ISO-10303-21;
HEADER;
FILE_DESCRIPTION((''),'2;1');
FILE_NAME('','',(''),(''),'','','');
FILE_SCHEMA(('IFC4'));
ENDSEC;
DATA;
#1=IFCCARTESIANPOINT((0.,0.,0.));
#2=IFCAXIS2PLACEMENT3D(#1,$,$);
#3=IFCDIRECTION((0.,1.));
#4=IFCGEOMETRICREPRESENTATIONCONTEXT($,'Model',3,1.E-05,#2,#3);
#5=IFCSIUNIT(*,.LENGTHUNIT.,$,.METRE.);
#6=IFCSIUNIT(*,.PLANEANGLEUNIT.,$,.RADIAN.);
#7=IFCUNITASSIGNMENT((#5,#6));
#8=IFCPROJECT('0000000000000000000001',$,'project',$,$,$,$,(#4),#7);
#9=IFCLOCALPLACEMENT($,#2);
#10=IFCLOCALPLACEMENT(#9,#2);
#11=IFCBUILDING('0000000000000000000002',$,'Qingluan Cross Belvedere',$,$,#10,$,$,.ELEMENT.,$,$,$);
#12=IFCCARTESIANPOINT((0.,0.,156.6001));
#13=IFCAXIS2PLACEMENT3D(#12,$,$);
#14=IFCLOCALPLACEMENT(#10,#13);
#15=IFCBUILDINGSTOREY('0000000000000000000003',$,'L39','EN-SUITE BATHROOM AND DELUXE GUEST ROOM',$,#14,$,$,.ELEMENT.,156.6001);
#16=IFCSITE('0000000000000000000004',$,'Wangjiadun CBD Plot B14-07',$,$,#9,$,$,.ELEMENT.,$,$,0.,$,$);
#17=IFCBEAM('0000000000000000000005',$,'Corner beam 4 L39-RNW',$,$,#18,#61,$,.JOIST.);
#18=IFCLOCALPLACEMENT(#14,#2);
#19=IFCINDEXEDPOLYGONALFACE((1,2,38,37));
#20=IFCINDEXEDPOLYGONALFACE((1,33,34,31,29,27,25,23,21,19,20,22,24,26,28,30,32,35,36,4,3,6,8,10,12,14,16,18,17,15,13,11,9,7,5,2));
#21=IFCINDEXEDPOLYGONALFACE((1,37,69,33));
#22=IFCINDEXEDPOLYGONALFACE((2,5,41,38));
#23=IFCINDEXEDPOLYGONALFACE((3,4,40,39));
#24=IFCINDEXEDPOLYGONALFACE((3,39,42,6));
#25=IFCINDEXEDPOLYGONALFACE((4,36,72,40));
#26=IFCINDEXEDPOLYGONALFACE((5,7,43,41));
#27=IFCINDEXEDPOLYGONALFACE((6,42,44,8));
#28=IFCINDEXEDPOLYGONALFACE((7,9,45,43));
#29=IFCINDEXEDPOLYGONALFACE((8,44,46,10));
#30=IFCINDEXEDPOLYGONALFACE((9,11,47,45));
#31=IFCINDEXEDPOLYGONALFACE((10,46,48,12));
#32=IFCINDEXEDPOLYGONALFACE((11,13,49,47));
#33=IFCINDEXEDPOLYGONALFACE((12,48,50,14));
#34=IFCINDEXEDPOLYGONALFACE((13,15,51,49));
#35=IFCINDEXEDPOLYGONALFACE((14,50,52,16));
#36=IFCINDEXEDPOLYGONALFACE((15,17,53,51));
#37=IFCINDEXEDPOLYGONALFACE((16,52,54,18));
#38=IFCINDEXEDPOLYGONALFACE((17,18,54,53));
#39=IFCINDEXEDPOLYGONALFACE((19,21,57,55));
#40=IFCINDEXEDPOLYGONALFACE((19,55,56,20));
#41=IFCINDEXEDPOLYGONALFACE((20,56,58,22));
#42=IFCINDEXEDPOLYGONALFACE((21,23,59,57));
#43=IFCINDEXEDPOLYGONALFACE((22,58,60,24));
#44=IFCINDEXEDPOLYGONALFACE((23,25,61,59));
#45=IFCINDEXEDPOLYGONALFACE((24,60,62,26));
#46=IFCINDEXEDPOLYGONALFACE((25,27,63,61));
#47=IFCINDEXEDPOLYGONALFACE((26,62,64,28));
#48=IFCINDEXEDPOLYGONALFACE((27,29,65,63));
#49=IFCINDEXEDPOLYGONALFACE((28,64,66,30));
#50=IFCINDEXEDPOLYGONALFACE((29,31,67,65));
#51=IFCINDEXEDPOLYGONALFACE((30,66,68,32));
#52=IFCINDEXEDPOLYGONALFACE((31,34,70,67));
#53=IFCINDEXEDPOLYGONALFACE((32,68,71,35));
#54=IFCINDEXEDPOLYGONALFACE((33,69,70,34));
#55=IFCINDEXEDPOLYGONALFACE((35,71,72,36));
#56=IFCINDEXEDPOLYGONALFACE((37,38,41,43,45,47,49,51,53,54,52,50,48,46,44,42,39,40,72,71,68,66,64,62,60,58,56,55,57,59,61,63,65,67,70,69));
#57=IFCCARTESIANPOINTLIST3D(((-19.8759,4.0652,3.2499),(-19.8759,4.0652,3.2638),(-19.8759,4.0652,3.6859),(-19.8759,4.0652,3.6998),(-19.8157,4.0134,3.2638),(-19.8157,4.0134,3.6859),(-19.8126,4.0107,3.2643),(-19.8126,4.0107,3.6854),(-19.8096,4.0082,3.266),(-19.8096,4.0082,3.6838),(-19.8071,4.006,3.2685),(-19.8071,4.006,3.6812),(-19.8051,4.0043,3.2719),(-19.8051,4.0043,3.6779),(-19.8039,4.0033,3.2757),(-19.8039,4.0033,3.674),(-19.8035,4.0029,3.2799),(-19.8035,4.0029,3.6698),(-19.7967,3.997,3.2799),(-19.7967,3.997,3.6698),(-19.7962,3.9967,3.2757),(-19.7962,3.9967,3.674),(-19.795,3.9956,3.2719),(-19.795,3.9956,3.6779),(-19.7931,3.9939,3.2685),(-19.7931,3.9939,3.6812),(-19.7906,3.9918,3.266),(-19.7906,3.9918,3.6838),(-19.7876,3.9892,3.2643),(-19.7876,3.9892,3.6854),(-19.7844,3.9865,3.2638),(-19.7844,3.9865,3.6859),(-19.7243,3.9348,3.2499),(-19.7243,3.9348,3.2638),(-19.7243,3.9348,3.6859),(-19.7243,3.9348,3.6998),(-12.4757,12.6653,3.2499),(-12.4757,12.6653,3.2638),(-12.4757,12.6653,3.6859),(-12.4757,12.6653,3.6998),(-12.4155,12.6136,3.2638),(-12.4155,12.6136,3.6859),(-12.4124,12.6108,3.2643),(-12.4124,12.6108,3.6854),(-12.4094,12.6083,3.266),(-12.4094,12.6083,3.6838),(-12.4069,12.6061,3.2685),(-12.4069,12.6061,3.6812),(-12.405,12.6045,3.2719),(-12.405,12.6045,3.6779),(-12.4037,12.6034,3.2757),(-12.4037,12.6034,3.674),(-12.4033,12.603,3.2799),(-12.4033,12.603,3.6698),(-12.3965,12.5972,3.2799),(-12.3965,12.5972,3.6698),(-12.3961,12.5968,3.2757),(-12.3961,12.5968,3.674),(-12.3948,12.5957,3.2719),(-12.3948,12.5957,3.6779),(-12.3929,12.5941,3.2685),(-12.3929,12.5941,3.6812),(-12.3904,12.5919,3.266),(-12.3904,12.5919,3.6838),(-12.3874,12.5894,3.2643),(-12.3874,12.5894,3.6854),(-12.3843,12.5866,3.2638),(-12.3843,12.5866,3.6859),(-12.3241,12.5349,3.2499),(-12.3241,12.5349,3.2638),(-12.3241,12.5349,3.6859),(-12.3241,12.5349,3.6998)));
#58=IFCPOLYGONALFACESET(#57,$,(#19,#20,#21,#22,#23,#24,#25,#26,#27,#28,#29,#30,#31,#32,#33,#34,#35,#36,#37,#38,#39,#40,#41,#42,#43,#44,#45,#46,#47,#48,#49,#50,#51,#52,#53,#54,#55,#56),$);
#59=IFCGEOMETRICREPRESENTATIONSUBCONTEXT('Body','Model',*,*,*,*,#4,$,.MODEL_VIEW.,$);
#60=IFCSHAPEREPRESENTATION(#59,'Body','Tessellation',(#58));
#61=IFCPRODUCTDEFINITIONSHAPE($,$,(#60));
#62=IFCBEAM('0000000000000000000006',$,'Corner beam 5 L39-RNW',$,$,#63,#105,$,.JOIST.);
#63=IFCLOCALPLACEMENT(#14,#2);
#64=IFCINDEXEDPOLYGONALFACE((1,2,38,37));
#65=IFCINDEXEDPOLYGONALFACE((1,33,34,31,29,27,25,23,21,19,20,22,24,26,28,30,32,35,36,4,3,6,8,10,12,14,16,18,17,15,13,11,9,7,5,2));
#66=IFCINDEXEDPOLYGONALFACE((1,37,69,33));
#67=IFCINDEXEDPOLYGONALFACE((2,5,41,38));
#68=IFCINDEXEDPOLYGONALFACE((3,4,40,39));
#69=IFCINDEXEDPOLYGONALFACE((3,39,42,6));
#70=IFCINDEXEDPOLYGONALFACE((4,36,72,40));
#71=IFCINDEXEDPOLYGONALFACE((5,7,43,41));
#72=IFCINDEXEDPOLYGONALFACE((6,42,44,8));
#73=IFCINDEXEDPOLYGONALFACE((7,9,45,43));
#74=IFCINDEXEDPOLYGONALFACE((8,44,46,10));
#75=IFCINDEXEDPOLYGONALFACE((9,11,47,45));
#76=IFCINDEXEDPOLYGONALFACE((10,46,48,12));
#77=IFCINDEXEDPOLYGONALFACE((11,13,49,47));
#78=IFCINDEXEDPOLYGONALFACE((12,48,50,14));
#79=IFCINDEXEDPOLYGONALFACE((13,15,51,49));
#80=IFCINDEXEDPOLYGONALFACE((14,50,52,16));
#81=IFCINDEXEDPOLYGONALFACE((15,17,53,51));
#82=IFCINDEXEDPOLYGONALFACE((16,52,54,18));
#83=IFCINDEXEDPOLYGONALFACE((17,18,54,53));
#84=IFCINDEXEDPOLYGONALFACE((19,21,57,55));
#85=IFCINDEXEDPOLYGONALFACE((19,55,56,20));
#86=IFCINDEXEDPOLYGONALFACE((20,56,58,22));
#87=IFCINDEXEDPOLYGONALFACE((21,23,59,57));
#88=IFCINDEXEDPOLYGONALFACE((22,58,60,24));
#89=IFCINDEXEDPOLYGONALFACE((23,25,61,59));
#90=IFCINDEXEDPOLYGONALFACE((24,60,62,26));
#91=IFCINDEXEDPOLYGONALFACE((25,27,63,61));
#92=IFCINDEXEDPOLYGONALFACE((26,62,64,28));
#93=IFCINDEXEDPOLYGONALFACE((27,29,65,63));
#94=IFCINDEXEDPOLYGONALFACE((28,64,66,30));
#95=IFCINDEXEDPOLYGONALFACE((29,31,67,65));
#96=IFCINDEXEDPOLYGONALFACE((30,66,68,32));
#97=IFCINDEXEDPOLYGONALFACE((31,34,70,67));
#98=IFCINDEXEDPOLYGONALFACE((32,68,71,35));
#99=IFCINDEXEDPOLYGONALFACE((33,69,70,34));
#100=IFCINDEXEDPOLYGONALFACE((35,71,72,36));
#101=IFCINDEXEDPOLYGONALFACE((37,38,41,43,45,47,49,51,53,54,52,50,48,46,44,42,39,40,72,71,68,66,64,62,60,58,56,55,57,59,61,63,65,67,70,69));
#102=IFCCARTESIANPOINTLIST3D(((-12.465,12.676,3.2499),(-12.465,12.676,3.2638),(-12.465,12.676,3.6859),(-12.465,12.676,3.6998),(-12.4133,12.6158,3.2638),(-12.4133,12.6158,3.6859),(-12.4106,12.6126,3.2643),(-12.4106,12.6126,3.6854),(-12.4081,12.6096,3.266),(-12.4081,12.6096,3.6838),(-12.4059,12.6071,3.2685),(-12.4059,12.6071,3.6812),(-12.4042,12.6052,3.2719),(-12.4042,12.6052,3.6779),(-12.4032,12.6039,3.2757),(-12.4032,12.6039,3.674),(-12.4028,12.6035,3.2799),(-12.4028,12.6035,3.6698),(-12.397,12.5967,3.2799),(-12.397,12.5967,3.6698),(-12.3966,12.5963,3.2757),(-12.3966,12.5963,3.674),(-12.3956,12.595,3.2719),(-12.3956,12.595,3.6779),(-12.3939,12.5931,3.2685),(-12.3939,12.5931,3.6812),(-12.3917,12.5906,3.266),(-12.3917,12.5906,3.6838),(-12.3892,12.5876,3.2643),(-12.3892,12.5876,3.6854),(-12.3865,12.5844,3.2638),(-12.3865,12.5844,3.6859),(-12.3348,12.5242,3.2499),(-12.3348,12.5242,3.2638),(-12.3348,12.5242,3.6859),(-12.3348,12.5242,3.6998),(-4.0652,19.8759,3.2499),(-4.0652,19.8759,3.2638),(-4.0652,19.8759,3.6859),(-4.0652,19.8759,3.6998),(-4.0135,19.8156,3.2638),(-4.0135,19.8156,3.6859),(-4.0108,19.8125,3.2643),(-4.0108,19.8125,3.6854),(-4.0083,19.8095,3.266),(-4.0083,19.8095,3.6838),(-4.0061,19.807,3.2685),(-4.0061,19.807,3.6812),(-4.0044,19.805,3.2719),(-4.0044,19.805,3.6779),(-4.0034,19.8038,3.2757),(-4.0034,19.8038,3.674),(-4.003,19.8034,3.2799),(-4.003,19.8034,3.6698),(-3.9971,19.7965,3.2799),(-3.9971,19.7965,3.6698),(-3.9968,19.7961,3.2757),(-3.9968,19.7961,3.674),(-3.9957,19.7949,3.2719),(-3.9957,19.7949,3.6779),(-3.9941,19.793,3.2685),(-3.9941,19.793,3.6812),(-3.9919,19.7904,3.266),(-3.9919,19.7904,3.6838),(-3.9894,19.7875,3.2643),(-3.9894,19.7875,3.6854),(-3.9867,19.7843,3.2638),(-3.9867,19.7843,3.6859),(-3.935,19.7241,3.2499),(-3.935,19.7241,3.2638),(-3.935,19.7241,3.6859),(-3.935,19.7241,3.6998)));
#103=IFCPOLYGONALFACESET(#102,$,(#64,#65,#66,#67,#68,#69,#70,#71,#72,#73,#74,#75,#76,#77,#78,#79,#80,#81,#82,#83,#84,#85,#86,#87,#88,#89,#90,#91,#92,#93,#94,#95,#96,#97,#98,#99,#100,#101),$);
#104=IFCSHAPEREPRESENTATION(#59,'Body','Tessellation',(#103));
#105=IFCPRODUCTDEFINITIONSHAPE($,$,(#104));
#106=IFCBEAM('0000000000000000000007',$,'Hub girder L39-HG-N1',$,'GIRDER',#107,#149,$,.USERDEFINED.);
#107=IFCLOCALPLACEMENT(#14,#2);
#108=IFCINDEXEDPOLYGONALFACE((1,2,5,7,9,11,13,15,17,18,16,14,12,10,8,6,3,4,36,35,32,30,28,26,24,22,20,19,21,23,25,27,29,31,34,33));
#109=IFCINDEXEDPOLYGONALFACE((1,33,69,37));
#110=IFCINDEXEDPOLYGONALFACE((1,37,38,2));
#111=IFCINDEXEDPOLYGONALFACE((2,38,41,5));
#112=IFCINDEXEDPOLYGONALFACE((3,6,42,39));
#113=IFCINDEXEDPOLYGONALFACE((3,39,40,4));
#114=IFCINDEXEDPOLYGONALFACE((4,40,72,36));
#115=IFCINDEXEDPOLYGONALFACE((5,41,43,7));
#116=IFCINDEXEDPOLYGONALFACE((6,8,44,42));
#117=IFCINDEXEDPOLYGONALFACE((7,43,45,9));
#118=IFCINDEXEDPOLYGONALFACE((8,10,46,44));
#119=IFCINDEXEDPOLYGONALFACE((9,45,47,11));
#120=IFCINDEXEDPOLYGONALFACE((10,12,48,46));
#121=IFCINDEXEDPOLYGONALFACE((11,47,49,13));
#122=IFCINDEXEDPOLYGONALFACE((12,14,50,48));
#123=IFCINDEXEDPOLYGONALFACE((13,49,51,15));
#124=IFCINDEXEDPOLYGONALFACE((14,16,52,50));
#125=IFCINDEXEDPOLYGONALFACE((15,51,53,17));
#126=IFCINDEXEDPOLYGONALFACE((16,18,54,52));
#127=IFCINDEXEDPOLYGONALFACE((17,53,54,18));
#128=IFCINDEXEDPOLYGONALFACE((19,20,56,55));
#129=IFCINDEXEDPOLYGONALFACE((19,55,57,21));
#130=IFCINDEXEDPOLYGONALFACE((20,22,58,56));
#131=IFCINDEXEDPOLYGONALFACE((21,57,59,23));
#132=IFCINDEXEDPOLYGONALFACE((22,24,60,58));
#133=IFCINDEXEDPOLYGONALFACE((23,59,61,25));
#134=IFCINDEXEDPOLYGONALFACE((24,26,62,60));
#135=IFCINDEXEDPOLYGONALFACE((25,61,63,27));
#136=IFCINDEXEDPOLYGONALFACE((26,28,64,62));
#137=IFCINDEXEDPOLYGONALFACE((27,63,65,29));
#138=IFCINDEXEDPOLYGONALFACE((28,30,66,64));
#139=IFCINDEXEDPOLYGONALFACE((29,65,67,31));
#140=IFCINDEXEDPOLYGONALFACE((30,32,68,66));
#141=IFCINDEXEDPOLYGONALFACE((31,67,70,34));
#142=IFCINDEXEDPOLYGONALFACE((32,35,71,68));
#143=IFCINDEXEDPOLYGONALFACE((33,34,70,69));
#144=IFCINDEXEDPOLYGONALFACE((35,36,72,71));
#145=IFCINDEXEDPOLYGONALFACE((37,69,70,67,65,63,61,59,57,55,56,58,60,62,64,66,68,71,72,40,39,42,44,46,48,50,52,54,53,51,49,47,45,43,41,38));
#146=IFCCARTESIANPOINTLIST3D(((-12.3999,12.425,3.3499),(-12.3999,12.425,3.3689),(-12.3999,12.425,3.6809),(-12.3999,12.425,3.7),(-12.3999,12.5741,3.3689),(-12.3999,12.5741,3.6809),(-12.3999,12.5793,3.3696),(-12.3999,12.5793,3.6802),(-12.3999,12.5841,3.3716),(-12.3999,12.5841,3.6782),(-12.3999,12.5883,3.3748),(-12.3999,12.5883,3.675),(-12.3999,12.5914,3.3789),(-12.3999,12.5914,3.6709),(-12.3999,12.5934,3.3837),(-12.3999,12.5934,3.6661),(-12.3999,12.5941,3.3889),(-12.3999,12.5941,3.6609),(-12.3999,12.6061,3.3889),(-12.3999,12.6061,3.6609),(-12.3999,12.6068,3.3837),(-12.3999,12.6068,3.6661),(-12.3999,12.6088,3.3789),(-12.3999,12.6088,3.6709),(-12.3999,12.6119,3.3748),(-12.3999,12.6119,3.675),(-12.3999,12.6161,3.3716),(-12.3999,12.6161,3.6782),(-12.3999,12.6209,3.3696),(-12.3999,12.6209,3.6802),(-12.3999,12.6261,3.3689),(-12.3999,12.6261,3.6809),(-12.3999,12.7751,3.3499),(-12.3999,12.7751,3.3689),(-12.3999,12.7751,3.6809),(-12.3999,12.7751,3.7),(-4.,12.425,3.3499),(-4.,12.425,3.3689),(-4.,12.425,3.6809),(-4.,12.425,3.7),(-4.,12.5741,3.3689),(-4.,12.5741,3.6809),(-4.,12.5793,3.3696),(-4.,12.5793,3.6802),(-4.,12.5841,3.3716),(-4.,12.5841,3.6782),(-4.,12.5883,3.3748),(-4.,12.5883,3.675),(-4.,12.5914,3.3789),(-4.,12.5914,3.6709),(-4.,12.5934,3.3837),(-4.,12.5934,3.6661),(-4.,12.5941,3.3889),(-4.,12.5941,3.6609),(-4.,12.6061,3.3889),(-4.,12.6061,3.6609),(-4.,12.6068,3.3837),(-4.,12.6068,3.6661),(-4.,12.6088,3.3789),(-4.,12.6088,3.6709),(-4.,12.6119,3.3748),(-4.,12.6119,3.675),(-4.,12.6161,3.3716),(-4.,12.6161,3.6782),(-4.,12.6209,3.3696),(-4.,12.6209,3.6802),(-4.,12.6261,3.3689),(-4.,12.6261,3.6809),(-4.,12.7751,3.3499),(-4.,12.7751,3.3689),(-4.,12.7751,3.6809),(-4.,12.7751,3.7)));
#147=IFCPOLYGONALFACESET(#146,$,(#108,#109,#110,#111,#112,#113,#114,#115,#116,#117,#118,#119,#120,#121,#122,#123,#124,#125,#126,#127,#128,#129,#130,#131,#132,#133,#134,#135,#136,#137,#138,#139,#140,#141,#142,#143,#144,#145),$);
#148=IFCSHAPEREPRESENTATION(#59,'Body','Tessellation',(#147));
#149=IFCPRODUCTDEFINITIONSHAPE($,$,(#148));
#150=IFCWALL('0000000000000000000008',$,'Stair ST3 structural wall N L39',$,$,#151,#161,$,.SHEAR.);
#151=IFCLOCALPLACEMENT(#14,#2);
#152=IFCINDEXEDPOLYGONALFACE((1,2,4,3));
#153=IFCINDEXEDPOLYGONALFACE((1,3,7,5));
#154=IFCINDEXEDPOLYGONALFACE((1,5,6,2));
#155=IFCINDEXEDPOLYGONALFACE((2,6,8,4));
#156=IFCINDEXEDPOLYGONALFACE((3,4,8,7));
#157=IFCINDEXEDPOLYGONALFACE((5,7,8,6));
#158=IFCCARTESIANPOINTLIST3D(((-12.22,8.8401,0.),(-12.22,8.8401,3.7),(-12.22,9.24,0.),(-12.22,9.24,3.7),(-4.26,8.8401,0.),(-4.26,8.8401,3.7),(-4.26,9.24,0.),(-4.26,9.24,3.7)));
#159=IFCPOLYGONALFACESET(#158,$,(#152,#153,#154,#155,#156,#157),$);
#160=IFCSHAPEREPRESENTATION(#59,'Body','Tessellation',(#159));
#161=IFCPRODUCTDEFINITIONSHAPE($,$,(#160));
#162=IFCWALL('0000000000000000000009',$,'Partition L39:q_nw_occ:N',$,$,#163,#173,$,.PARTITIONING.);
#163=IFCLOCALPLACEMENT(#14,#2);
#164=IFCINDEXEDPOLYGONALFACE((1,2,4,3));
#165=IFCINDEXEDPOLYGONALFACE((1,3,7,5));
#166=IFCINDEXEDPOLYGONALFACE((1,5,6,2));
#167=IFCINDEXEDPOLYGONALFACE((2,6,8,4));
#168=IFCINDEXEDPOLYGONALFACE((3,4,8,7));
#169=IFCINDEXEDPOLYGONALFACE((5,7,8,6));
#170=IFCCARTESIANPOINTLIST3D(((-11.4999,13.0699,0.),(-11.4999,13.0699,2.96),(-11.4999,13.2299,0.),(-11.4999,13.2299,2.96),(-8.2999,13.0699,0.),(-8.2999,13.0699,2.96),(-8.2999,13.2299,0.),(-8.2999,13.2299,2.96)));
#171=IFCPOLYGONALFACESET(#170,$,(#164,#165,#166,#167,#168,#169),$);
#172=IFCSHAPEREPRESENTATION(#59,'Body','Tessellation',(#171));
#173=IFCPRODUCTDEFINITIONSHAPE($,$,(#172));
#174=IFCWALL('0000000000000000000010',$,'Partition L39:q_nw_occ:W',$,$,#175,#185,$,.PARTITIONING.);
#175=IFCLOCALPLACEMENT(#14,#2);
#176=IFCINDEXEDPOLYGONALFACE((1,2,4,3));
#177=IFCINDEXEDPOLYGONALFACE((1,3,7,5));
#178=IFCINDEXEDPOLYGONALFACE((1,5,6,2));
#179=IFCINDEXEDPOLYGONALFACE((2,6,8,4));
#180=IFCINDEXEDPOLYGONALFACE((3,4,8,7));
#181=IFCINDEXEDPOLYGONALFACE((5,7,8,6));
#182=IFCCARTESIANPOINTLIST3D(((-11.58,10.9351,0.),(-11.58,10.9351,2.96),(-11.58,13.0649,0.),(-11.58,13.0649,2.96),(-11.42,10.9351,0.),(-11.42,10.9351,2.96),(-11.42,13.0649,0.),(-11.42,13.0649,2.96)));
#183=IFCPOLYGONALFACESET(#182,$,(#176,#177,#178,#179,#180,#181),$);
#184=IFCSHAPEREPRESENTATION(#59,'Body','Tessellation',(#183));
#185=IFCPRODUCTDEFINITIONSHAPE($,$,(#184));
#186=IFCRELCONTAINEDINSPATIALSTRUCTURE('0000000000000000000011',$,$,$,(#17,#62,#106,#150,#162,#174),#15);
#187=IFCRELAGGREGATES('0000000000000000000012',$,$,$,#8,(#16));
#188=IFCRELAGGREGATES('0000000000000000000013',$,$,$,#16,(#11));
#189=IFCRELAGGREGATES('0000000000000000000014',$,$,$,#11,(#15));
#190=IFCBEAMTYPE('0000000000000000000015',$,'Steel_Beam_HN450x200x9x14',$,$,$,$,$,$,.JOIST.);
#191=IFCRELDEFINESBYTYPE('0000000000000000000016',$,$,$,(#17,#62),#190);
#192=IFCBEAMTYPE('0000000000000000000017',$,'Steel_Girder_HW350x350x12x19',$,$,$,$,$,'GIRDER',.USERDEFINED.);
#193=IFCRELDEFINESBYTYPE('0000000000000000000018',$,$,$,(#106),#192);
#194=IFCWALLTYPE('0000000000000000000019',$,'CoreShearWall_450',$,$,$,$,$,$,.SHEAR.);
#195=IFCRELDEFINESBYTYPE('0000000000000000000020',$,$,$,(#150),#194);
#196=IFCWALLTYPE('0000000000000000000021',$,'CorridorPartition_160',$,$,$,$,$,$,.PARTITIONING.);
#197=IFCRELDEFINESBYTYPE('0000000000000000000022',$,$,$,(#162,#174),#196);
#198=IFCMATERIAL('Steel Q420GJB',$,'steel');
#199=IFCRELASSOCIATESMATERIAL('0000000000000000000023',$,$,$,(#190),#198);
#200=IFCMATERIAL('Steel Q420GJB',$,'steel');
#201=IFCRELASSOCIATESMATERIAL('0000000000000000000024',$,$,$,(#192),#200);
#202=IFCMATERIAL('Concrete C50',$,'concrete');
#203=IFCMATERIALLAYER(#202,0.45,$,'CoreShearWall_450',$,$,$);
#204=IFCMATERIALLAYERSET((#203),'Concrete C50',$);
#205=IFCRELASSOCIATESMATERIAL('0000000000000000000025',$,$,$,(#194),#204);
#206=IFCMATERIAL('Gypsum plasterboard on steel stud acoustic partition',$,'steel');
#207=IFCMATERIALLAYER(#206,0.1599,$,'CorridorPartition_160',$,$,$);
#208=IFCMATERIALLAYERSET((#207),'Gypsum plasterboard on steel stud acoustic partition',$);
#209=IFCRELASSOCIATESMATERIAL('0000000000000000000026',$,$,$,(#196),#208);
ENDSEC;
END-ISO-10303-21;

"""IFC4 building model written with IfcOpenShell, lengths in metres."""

from ifc_helpers import new_model, si_unit, direction, frame, frame_2d, origin, origin_2d, place, context, subcontext, project, spatial, rectangle, i_section, extrude, material, layer, layer_set, material_profile, profile_set, type_object, element, save


model = new_model("IFC4")

# Units and contexts
model_context = context("Model", 3, precision=1e-05, world=origin(), true_north=direction((0.0, 1.0)))
body_context = subcontext(model_context, "Body", "Model", "MODEL_VIEW")
ifc_project = project(units=[si_unit("LENGTHUNIT", "METRE"), si_unit("PLANEANGLEUNIT", "RADIAN")], contexts=[model_context])

# Site, building, storey
site_placement = place(None, origin())
site = spatial("IfcSite", under=ifc_project, at=site_placement, Name="Wangjiadun CBD Plot B14-07", CompositionType="ELEMENT", RefElevation=0.0)
building_placement = place(site_placement, origin())
building = spatial("IfcBuilding", under=site, at=building_placement, Name="Qingluan Cross Belvedere", CompositionType="ELEMENT")
storey_placement = place(building_placement, frame((0.0, 0.0, 156.6001)))
storey = spatial("IfcBuildingStorey", under=building, at=storey_placement, Name="L39", Description="EN-SUITE BATHROOM AND DELUXE GUEST ROOM", CompositionType="ELEMENT", Elevation=156.6001)

# Beams
ifc_material_1 = material(Name="Steel Q420GJB", Category="steel")
ifc_material_profile_1 = material_profile(ifc_material_1, i_section(OverallWidth=0.2, OverallDepth=0.45, WebThickness=0.009, FlangeThickness=0.0139, FilletRadius=0.0161, at=origin_2d()), Name="HN450x200x9x14")
ifc_profile_set_1 = profile_set([ifc_material_profile_1], Name="Steel Q420GJB")
beam_type_1 = type_object("IfcBeamType", Name="Steel_Beam_HN450x200x9x14", PredefinedType="JOIST", material=ifc_profile_set_1)
beam_1_placement = place(storey_placement, frame((-12.3999, 12.6001, 3.4749), z_axis=(-0.652245, -0.758008, 0.0), x_axis=(0.758008, -0.652245, 0.0)))
element("IfcBeam", 1, at=beam_1_placement, inside=storey, type_object=beam_type_1, Name="Corner beam 4 L39-RNW", PredefinedType="JOIST", context=body_context, shape_type="SweptSolid", body=[
    extrude(i_section(OverallWidth=0.2, OverallDepth=0.45, WebThickness=0.009, FlangeThickness=0.0139, FilletRadius=0.0161, at=origin_2d()), origin(), (0.0, 0.0, 1.0), 11.3457),
])
beam_2_placement = place(storey_placement, frame((-12.3999, 12.6001, 3.4749), z_axis=(0.759255, 0.650793, 0.0), x_axis=(-0.650793, 0.759255, 0.0)))
element("IfcBeam", 2, at=beam_2_placement, inside=storey, type_object=beam_type_1, Name="Corner beam 5 L39-RNW", PredefinedType="JOIST", context=body_context, shape_type="SweptSolid", body=[
    extrude(i_section(OverallWidth=0.2, OverallDepth=0.45, WebThickness=0.009, FlangeThickness=0.0139, FilletRadius=0.0161, at=origin_2d()), origin(), (0.0, 0.0, 1.0), 11.0632),
])
ifc_material_2 = material(Name="Steel Q420GJB", Category="steel")
ifc_material_profile_2 = material_profile(ifc_material_2, i_section(OverallWidth=0.3501, OverallDepth=0.3501, WebThickness=0.012, FlangeThickness=0.019, FilletRadius=0.02, at=origin_2d()), Name="HW350x350x12x19")
ifc_profile_set_2 = profile_set([ifc_material_profile_2], Name="Steel Q420GJB")
beam_type_2 = type_object("IfcBeamType", Name="Steel_Girder_HW350x350x12x19", ElementType="GIRDER", PredefinedType="USERDEFINED", material=ifc_profile_set_2)
beam_3_placement = place(storey_placement, frame((-12.3999, 12.6001, 3.5249), z_axis=(1.0, 0.0, 0.0), x_axis=(0.0, 1.0, 0.0)))
element("IfcBeam", 3, at=beam_3_placement, inside=storey, type_object=beam_type_2, Name="Hub girder L39-HG-N1", ObjectType="GIRDER", PredefinedType="USERDEFINED", context=body_context, shape_type="SweptSolid", body=[
    extrude(i_section(OverallWidth=0.3501, OverallDepth=0.3501, WebThickness=0.012, FlangeThickness=0.019, FilletRadius=0.02, at=origin_2d()), origin(), (0.0, 0.0, 1.0), 8.3999),
])

# Wall
ifc_material_3 = material(Name="Concrete C50", Category="concrete")
ifc_layer_1 = layer(ifc_material_3, 0.45, Name="CoreShearWall_450")
ifc_layer_set_1 = layer_set([ifc_layer_1], Name="Concrete C50")
wall_type_1 = type_object("IfcWallType", Name="CoreShearWall_450", PredefinedType="SHEAR", material=ifc_layer_set_1)
wall_1_placement = place(storey_placement, frame((-12.22, 9.04, 0.0), z_axis=(0.0, 0.0, 1.0), x_axis=(1.0, 0.0, 0.0)))
element("IfcWall", 4, at=wall_1_placement, inside=storey, type_object=wall_type_1, Name="Stair ST3 structural wall N L39", PredefinedType="SHEAR", context=body_context, shape_type="SweptSolid", body=[
    extrude(rectangle(XDim=7.96, YDim=0.3999, at=frame_2d((3.98, 0.0))), origin(), (0.0, 0.0, 1.0), 3.7),
])

# Shared definitions
ifc_material_4 = material(Name="Gypsum plasterboard on steel stud acoustic partition", Category="steel")
ifc_layer_2 = layer(ifc_material_4, 0.1599, Name="CorridorPartition_160")
ifc_layer_set_2 = layer_set([ifc_layer_2], Name="Gypsum plasterboard on steel stud acoustic partition")
wall_type_2 = type_object("IfcWallType", Name="CorridorPartition_160", PredefinedType="PARTITIONING", material=ifc_layer_set_2)

# Walls
wall_2_placement = place(storey_placement, frame((-11.5, 13.1499, 0.0), z_axis=(0.0, 0.0, 1.0), x_axis=(1.0, 0.0, 0.0)))
element("IfcWall", 5, at=wall_2_placement, inside=storey, type_object=wall_type_2, Name="Partition L39:q_nw_occ:N", PredefinedType="PARTITIONING", context=body_context, shape_type="SweptSolid", body=[
    extrude(rectangle(XDim=3.2, YDim=0.1599, at=frame_2d((1.6001, 0.0))), origin(), (0.0, 0.0, 1.0), 2.96),
])
for number, where, z_axis, x_axis, name in (
    (6, (-11.5, 10.9351, 0.0), (0.0, 0.0, 1.0), (0.0, 1.0, 0.0), "Partition L39:q_nw_occ:W"),
):
    element("IfcWall", number, at=place(storey_placement, frame(where, z_axis=z_axis, x_axis=x_axis)), inside=storey, type_object=wall_type_2, Name=name, PredefinedType="PARTITIONING", context=body_context, shape_type="SweptSolid", body=[
        extrude(rectangle(XDim=2.1299, YDim=0.1599, at=frame_2d((1.0649, 0.0))), origin(), (0.0, 0.0, 1.0), 2.96),
    ])

save(model, "model.ifc")
